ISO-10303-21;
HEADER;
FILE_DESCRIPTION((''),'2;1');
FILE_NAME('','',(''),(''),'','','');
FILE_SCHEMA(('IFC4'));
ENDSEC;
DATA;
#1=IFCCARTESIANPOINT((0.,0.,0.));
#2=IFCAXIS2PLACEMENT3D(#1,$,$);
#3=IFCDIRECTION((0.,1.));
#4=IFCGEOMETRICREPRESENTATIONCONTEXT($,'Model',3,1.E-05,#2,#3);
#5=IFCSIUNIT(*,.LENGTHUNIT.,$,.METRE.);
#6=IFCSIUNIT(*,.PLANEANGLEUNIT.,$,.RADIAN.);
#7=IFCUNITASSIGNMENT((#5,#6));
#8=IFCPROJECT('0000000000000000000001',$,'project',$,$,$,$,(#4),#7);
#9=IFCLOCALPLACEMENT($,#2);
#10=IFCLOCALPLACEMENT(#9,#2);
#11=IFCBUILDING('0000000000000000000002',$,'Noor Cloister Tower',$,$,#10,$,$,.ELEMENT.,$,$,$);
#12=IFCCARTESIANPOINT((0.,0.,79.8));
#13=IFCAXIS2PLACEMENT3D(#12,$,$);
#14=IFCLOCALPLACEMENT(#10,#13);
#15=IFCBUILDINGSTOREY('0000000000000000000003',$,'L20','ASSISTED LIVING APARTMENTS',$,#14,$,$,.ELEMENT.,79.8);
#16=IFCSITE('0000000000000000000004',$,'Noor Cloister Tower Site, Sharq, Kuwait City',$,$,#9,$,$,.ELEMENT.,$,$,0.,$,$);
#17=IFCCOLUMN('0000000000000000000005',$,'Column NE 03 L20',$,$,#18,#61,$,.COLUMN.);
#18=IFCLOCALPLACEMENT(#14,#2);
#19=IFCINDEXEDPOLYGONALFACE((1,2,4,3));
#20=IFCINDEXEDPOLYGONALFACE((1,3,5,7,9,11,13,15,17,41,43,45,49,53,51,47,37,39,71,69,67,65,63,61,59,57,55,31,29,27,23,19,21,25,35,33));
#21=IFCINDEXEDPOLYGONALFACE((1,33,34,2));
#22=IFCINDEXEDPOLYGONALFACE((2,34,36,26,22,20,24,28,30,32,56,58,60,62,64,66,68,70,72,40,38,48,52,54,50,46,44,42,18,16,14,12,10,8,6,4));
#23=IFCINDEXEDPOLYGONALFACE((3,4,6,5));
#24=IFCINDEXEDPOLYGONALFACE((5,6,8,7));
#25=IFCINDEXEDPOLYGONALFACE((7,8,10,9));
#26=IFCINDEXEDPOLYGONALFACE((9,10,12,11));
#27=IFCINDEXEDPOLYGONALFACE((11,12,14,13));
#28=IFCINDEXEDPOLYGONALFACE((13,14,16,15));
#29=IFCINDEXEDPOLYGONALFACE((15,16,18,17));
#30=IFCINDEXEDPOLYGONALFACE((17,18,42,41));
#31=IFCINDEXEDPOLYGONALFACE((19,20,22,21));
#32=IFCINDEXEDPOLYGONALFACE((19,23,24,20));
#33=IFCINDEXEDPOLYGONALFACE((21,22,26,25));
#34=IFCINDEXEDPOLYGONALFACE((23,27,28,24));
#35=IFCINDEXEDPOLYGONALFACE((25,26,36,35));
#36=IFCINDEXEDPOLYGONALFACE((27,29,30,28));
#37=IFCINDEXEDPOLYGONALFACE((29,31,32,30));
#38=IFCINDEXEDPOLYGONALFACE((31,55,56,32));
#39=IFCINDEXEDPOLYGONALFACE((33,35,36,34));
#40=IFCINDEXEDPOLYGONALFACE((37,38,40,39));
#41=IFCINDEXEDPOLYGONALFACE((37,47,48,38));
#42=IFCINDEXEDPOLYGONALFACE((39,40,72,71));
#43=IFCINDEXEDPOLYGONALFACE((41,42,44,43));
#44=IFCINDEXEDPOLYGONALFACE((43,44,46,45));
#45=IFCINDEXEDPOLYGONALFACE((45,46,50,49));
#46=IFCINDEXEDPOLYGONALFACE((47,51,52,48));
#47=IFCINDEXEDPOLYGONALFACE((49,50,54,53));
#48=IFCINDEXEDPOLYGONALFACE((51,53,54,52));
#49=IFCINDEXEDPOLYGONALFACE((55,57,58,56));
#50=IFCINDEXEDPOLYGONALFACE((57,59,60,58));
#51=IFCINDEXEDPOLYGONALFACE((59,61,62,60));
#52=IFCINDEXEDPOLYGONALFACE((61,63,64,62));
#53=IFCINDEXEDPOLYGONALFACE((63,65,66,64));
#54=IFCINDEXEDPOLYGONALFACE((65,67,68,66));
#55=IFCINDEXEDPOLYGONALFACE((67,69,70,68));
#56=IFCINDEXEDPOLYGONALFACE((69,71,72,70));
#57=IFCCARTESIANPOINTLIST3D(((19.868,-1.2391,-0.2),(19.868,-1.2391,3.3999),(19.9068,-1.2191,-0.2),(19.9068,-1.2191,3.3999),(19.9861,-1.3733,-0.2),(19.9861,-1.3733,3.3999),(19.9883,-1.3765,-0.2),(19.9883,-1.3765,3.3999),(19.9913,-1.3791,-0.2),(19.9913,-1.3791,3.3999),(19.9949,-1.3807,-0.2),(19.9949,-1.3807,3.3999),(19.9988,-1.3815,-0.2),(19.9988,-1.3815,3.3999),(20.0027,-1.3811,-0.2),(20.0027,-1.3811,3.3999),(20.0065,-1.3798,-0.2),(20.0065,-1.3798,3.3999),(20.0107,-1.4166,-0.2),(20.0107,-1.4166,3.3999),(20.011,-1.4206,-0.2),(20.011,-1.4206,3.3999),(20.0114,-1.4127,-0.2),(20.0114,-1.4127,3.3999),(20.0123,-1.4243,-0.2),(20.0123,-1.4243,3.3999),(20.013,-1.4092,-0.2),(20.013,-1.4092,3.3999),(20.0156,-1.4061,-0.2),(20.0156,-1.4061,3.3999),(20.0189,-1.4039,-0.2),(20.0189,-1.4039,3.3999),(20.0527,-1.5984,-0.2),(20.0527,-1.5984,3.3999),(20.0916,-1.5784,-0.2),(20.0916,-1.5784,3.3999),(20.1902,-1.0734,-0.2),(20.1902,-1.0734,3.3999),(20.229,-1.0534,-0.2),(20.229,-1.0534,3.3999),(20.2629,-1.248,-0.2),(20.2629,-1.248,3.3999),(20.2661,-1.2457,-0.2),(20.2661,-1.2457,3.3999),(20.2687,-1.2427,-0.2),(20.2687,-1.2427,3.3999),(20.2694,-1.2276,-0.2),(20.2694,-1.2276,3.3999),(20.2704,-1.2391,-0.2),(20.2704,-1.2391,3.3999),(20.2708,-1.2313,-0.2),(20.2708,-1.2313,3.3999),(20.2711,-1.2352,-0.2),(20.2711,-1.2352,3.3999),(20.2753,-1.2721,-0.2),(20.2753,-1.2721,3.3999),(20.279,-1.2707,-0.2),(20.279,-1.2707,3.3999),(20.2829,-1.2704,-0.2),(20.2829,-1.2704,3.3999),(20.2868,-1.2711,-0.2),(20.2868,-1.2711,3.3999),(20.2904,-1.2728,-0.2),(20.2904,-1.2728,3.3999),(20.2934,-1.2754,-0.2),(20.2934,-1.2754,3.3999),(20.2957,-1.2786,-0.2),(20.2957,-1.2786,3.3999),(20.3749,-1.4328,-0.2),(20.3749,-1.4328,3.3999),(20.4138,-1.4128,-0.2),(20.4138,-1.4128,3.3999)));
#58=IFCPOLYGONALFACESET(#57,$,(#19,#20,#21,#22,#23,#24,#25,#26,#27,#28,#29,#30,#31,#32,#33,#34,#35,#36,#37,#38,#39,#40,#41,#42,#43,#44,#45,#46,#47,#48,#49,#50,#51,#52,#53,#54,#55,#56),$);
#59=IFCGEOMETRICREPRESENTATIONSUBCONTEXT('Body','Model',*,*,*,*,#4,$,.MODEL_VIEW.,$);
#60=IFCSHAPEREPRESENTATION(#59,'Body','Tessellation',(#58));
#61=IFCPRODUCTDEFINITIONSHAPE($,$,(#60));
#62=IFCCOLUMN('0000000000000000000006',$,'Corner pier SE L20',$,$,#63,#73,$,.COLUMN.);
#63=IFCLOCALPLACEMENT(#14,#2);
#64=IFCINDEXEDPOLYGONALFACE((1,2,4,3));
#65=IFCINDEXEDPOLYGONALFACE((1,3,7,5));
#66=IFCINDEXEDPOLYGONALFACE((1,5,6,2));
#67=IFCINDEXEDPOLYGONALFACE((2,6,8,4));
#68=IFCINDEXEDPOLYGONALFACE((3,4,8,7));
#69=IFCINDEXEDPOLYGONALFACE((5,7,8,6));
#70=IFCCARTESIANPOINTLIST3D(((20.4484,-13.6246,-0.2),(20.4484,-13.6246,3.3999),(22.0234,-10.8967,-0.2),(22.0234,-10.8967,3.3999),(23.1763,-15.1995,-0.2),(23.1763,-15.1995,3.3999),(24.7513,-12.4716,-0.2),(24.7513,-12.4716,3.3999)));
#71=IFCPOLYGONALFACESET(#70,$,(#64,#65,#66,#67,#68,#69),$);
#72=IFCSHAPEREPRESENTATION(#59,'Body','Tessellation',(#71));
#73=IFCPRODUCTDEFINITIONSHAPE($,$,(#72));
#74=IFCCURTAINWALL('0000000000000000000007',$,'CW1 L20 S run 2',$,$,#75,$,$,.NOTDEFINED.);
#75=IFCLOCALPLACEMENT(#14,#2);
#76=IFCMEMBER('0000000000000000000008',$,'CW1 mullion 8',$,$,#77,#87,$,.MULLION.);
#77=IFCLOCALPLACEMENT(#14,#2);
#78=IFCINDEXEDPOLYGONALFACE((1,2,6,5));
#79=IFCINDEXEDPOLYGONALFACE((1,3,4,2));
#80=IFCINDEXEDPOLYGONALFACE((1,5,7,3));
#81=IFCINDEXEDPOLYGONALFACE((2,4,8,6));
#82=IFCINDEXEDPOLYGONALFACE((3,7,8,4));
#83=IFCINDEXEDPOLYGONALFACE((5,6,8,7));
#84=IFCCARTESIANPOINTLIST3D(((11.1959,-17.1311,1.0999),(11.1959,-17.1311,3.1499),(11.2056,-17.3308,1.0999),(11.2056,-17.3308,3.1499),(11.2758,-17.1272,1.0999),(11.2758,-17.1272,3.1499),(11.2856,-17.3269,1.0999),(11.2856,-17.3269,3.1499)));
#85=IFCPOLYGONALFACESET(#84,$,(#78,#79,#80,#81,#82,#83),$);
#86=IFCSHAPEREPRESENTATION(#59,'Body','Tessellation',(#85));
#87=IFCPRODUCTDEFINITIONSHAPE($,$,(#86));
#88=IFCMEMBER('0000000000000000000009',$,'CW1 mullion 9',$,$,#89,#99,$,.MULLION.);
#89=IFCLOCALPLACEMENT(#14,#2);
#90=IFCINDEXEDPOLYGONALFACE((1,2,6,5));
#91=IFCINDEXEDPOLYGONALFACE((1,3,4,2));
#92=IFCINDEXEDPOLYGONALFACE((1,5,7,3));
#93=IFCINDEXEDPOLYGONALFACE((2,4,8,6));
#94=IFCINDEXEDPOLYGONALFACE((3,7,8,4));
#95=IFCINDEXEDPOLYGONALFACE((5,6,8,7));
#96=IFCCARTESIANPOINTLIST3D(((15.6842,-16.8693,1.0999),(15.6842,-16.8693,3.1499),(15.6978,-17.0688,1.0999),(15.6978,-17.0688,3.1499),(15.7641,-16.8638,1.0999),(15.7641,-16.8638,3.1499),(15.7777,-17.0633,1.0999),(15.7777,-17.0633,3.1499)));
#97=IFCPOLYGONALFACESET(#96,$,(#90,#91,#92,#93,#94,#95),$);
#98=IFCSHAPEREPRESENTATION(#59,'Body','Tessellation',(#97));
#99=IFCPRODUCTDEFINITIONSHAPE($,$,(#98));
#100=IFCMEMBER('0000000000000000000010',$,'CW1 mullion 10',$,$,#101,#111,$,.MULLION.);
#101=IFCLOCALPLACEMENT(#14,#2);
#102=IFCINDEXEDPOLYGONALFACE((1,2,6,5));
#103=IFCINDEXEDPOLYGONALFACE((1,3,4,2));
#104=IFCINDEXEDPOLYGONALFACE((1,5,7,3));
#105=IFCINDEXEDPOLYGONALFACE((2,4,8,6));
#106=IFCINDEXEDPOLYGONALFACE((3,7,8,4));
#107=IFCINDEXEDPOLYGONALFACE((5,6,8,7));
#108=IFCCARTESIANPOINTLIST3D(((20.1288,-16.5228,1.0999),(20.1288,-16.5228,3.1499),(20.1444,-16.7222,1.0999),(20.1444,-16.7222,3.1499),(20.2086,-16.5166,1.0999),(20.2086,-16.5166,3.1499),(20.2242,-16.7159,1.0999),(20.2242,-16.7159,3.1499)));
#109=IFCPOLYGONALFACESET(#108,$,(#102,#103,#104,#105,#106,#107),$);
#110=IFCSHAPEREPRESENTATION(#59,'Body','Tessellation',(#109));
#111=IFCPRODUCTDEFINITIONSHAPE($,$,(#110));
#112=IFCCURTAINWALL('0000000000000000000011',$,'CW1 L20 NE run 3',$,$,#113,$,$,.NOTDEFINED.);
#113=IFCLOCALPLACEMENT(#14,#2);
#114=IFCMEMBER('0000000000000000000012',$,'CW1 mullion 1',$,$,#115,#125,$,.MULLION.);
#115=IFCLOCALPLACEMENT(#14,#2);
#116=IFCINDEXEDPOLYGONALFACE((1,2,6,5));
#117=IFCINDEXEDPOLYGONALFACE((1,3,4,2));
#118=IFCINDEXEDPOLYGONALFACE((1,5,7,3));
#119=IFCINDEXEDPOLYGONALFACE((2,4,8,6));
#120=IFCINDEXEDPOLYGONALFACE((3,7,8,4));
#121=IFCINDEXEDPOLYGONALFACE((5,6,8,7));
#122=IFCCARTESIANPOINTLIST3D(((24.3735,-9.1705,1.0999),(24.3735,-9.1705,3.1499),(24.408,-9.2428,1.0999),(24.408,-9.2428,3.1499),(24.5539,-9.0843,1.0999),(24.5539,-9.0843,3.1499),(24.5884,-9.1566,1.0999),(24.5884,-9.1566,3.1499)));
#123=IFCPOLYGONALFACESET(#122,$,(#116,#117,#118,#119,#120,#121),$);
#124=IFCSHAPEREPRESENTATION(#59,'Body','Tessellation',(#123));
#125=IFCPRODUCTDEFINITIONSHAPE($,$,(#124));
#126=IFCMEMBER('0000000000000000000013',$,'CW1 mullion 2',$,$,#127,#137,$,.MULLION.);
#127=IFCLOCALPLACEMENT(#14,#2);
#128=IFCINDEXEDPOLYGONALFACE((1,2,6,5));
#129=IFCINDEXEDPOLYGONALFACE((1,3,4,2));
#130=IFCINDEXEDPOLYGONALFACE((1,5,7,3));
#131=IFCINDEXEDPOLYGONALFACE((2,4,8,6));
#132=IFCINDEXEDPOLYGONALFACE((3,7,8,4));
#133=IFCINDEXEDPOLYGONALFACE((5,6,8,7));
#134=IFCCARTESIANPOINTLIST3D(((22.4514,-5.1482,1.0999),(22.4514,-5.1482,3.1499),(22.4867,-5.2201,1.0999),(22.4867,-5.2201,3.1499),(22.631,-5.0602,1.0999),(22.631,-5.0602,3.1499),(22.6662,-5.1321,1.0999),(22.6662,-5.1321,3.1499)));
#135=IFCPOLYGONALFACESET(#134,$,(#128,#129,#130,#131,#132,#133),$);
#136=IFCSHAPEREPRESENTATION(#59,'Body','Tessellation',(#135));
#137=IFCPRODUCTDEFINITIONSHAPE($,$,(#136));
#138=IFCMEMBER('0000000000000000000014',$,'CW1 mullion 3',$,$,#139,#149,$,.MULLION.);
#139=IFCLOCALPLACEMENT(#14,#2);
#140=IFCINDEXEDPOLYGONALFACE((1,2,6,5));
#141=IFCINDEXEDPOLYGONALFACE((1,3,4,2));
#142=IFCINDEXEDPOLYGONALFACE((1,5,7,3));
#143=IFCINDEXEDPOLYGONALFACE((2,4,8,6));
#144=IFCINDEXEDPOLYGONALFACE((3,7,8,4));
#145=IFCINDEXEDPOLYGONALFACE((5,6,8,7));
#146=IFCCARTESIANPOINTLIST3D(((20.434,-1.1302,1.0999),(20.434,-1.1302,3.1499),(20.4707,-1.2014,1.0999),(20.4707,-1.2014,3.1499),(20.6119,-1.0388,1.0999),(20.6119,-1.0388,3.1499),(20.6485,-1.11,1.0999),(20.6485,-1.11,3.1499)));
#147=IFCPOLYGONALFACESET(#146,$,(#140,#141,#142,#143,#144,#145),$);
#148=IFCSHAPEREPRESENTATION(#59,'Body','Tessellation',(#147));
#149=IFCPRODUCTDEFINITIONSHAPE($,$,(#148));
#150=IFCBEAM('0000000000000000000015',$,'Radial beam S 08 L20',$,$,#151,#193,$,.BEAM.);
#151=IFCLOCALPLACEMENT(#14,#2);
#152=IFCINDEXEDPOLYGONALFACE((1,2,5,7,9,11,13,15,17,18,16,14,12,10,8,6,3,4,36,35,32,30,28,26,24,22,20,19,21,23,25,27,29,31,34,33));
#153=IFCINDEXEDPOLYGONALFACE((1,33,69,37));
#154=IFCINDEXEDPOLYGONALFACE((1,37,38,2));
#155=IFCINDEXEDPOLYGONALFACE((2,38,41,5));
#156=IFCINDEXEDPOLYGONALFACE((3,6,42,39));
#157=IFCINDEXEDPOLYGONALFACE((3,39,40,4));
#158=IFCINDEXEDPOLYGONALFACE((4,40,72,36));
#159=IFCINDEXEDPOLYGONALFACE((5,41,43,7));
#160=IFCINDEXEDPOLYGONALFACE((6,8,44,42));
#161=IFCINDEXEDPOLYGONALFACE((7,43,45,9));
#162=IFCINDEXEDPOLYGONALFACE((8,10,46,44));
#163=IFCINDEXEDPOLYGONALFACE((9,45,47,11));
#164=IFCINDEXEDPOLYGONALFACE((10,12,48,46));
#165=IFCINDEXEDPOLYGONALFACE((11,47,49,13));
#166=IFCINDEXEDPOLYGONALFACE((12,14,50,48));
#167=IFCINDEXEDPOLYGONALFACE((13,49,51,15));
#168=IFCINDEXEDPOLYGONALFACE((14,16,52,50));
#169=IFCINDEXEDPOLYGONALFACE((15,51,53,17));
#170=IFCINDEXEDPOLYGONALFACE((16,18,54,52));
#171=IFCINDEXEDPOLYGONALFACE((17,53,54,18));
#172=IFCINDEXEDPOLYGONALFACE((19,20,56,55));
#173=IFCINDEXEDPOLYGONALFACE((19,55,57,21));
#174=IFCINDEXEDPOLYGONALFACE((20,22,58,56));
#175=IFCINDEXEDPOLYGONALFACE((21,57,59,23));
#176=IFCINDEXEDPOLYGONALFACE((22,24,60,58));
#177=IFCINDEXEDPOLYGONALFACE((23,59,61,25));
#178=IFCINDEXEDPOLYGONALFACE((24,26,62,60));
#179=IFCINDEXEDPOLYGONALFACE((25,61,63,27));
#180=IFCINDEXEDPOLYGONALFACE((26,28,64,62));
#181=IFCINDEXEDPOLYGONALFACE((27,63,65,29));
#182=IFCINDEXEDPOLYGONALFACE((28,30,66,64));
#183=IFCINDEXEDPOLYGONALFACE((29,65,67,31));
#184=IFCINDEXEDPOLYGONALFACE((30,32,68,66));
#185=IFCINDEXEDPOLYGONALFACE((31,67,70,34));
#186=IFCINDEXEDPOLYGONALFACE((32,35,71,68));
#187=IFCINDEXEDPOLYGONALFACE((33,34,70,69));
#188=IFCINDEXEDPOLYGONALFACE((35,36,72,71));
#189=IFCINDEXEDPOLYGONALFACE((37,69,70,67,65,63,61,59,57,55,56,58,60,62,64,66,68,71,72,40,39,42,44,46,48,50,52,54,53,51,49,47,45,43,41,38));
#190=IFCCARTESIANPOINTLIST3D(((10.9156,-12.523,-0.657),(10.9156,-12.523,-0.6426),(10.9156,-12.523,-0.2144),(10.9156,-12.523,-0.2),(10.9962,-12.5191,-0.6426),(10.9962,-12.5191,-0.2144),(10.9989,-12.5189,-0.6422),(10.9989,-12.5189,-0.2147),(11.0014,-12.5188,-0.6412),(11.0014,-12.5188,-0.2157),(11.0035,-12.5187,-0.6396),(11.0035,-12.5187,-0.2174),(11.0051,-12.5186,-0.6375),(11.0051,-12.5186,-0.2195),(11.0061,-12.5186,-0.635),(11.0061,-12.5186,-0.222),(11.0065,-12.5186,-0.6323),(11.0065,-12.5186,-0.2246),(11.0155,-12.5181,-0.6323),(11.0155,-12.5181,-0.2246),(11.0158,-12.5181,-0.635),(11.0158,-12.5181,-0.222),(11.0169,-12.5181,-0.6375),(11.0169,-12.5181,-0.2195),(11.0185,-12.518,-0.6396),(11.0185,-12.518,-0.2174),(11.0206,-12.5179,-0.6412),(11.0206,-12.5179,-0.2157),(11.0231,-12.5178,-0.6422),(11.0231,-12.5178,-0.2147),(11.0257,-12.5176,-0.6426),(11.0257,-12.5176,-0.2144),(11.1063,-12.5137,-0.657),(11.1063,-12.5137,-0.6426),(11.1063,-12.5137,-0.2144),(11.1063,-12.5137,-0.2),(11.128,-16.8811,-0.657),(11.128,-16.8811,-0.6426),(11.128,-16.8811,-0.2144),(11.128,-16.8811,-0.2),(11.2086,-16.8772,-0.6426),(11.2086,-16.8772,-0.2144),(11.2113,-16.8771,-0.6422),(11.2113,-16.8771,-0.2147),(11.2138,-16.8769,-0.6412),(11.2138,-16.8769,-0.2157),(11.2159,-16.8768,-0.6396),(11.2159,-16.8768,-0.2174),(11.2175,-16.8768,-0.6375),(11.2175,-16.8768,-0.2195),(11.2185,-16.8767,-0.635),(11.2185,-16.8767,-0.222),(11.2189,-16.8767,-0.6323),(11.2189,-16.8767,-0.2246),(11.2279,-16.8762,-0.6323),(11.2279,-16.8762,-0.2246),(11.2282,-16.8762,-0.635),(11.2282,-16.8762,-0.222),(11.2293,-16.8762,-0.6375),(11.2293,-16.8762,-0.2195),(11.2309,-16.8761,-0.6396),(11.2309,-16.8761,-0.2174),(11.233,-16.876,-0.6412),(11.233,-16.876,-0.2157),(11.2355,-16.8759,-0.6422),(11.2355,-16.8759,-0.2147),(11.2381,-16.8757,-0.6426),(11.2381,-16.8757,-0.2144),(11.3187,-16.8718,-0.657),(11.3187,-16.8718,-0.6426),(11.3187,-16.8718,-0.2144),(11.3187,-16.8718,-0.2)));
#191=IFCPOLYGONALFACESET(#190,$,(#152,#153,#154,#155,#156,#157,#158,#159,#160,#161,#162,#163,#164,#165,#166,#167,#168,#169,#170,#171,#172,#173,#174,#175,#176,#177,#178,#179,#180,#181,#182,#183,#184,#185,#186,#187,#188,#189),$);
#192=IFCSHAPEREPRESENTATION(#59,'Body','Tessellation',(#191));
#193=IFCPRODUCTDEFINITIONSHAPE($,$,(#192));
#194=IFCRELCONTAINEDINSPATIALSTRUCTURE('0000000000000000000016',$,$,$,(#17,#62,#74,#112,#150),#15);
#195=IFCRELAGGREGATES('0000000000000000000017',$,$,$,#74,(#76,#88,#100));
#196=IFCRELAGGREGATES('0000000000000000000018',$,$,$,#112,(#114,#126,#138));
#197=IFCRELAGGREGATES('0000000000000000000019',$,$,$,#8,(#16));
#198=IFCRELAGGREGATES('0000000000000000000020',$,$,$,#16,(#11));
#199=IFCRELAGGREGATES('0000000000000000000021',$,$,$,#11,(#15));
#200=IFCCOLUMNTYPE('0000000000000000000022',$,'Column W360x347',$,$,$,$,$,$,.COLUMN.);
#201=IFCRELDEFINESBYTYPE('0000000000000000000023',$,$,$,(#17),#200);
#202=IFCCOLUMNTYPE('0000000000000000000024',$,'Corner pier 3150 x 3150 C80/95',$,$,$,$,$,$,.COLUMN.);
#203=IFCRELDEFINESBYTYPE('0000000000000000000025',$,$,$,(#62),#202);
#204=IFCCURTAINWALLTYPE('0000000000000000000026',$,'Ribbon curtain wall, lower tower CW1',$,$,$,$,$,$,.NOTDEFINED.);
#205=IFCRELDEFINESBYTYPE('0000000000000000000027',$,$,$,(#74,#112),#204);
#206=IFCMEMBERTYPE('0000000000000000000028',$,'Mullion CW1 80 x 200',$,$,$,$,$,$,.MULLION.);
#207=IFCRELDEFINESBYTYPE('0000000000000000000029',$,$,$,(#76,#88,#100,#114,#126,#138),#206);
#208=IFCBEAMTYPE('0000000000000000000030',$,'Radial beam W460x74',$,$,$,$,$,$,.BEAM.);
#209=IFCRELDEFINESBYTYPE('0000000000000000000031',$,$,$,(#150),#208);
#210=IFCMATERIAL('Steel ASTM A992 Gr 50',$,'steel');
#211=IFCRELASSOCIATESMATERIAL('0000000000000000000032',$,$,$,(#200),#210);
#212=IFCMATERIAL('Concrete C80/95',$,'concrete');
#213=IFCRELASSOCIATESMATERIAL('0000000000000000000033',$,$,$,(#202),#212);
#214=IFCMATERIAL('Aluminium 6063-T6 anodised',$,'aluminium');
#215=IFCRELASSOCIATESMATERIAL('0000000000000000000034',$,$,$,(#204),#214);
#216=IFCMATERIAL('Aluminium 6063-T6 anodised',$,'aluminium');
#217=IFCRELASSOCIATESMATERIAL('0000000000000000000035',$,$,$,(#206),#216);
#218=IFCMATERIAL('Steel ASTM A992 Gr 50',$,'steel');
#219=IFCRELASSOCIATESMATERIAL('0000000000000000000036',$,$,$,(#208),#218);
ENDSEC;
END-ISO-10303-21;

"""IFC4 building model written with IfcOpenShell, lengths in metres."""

from ifc_helpers import new_model, si_unit, direction, frame, origin, origin_2d, place, context, subcontext, project, spatial, rectangle, i_section, extrude, material, material_profile, profile_set, type_object, element, aggregate, save


model = new_model("IFC4")

# Units and contexts
model_context = context("Model", 3, precision=1e-05, world=origin(), true_north=direction((0.0, 1.0)))
body_context = subcontext(model_context, "Body", "Model", "MODEL_VIEW")
ifc_project = project(units=[si_unit("LENGTHUNIT", "METRE"), si_unit("PLANEANGLEUNIT", "RADIAN")], contexts=[model_context])

# Site, building, storey
site_placement = place(None, origin())
site = spatial("IfcSite", under=ifc_project, at=site_placement, Name="Noor Cloister Tower Site, Sharq, Kuwait City", CompositionType="ELEMENT", RefElevation=0.0)
building_placement = place(site_placement, origin())
building = spatial("IfcBuilding", under=site, at=building_placement, Name="Noor Cloister Tower", CompositionType="ELEMENT")
storey_placement = place(building_placement, frame((0.0, 0.0, 79.8)))
storey = spatial("IfcBuildingStorey", under=building, at=storey_placement, Name="L20", Description="ASSISTED LIVING APARTMENTS", CompositionType="ELEMENT", Elevation=79.8)

# Columns
ifc_material_1 = material(Name="Steel ASTM A992 Gr 50", Category="steel")
ifc_material_profile_1 = material_profile(ifc_material_1, i_section(OverallWidth=0.4041, OverallDepth=0.406, WebThickness=0.0271, FlangeThickness=0.0437, FilletRadius=0.0151, at=origin_2d()), Name="W360x347")
ifc_profile_set_1 = profile_set([ifc_material_profile_1], Name="Steel ASTM A992 Gr 50")
column_type_1 = type_object("IfcColumnType", Name="Column W360x347", PredefinedType="COLUMN", material=ifc_profile_set_1)
for number, where, z_axis, x_axis, name in (
    (1, (20.1409, -1.3259, -0.2), (0.0, 0.0, 1.0), (-0.457248, 0.889339, 0.0), "Column NE 03 L20"),
):
    element("IfcColumn", number, at=place(storey_placement, frame(where, z_axis=z_axis, x_axis=x_axis)), inside=storey, type_object=column_type_1, Name=name, PredefinedType="COLUMN", context=body_context, shape_type="SweptSolid", body=[
        extrude(i_section(OverallWidth=0.4041, OverallDepth=0.406, WebThickness=0.0271, FlangeThickness=0.0437, FilletRadius=0.0151, at=origin_2d()), origin(), (0.0, 0.0, 1.0), 3.5999),
    ])
ifc_material_2 = material(Name="Concrete C80/95", Category="concrete")
ifc_material_profile_2 = material_profile(ifc_material_2, rectangle(XDim=3.1499, YDim=3.1499, at=origin_2d()), Name="RC 3150x3150")
ifc_profile_set_2 = profile_set([ifc_material_profile_2], Name="Concrete C80/95")
column_type_2 = type_object("IfcColumnType", Name="Corner pier 3150 x 3150 C80/95", PredefinedType="COLUMN", material=ifc_profile_set_2)
column_placement = place(storey_placement, frame((22.5999, -13.0481, -0.2), z_axis=(0.0, 0.0, 1.0), x_axis=(0.866025, -0.5, 0.0)))
element("IfcColumn", 2, at=column_placement, inside=storey, type_object=column_type_2, Name="Corner pier SE L20", PredefinedType="COLUMN", context=body_context, shape_type="SweptSolid", body=[
    extrude(rectangle(XDim=3.1499, YDim=3.1499, at=origin_2d()), origin(), (0.0, 0.0, 1.0), 3.5999),
])

# Curtain walls, members
ifc_material_3 = material(Name="Aluminium 6063-T6 anodised", Category="aluminium")
curtain_wall_type = type_object("IfcCurtainWallType", Name="Ribbon curtain wall, lower tower CW1", PredefinedType="NOTDEFINED", material=ifc_material_3)
curtain_wall_1_placement = place(storey_placement, origin())
curtain_wall_1 = element("IfcCurtainWall", 3, at=curtain_wall_1_placement, inside=storey, type_object=curtain_wall_type, Name="CW1 L20 S run 2", PredefinedType="NOTDEFINED")
ifc_material_4 = material(Name="Aluminium 6063-T6 anodised", Category="aluminium")
ifc_material_profile_3 = material_profile(ifc_material_4, rectangle(XDim=0.2, YDim=0.0801, at=origin_2d()), Name="200 x 80 mullion")
ifc_profile_set_3 = profile_set([ifc_material_profile_3], Name="Aluminium 6063-T6 anodised")
member_type = type_object("IfcMemberType", Name="Mullion CW1 80 x 200", PredefinedType="MULLION", material=ifc_profile_set_3)
member_1_placement = place(storey_placement, frame((11.2407, -17.229, 1.0999), z_axis=(0.0, 0.0, 1.0), x_axis=(-0.048681, 0.998814, 0.0)))
member_1 = element("IfcMember", 4, at=member_1_placement, type_object=member_type, Name="CW1 mullion 8", PredefinedType="MULLION", context=body_context, shape_type="SweptSolid", body=[
    extrude(rectangle(XDim=0.2, YDim=0.0801, at=origin_2d()), origin(), (0.0, 0.0, 1.0), 2.05),
])
member_2_placement = place(storey_placement, frame((15.731, -16.9663, 1.0999), z_axis=(0.0, 0.0, 1.0), x_axis=(-0.068127, 0.997677, 0.0)))
member_2 = element("IfcMember", 5, at=member_2_placement, type_object=member_type, Name="CW1 mullion 9", PredefinedType="MULLION", context=body_context, shape_type="SweptSolid", body=[
    extrude(rectangle(XDim=0.2, YDim=0.0801, at=origin_2d()), origin(), (0.0, 0.0, 1.0), 2.05),
])
member_3_placement = place(storey_placement, frame((20.1765, -16.6194, 1.0999), z_axis=(0.0, 0.0, 1.0), x_axis=(-0.077841, 0.996966, 0.0)))
member_3 = element("IfcMember", 6, at=member_3_placement, type_object=member_type, Name="CW1 mullion 10", PredefinedType="MULLION", context=body_context, shape_type="SweptSolid", body=[
    extrude(rectangle(XDim=0.2, YDim=0.0801, at=origin_2d()), origin(), (0.0, 0.0, 1.0), 2.05),
])
curtain_wall_2_placement = place(storey_placement, origin())
curtain_wall_2 = element("IfcCurtainWall", 7, at=curtain_wall_2_placement, inside=storey, type_object=curtain_wall_type, Name="CW1 L20 NE run 3", PredefinedType="NOTDEFINED")
member_4_placement = place(storey_placement, frame((24.481, -9.1636, 1.0999), z_axis=(0.0, 0.0, 1.0), x_axis=(-0.902318, -0.43107, 0.0)))
member_4 = element("IfcMember", 8, at=member_4_placement, type_object=member_type, Name="CW1 mullion 1", PredefinedType="MULLION", context=body_context, shape_type="SweptSolid", body=[
    extrude(rectangle(XDim=0.2, YDim=0.0801, at=origin_2d()), origin(), (0.0, 0.0, 1.0), 2.05),
])
member_5_placement = place(storey_placement, frame((22.5588, -5.1401, 1.0999), z_axis=(0.0, 0.0, 1.0), x_axis=(-0.898077, -0.439838, 0.0)))
member_5 = element("IfcMember", 9, at=member_5_placement, type_object=member_type, Name="CW1 mullion 2", PredefinedType="MULLION", context=body_context, shape_type="SweptSolid", body=[
    extrude(rectangle(XDim=0.2, YDim=0.0801, at=origin_2d()), origin(), (0.0, 0.0, 1.0), 2.05),
])
member_6_placement = place(storey_placement, frame((20.5413, -1.1201, 1.0999), z_axis=(0.0, 0.0, 1.0), x_axis=(-0.889339, -0.457248, 0.0)))
member_6 = element("IfcMember", 10, at=member_6_placement, type_object=member_type, Name="CW1 mullion 3", PredefinedType="MULLION", context=body_context, shape_type="SweptSolid", body=[
    extrude(rectangle(XDim=0.2, YDim=0.0801, at=origin_2d()), origin(), (0.0, 0.0, 1.0), 2.05),
])

# Beam
ifc_material_5 = material(Name="Steel ASTM A992 Gr 50", Category="steel")
ifc_material_profile_4 = material_profile(ifc_material_5, i_section(OverallWidth=0.1909, OverallDepth=0.457, WebThickness=0.009, FlangeThickness=0.0144, FilletRadius=0.0103, at=origin_2d()), Name="W460x74")
ifc_profile_set_4 = profile_set([ifc_material_profile_4], Name="Steel ASTM A992 Gr 50")
beam_type_1 = type_object("IfcBeamType", Name="Radial beam W460x74", PredefinedType="BEAM", material=ifc_profile_set_4)
beam_1_placement = place(storey_placement, frame((11.2234, -16.8765, -0.4285), z_axis=(-0.048679, 0.998814, 0.0), x_axis=(-0.998814, -0.048679, 0.0)))
element("IfcBeam", 11, at=beam_1_placement, inside=storey, type_object=beam_type_1, Name="Radial beam S 08 L20", PredefinedType="BEAM", context=body_context, shape_type="SweptSolid", body=[
    extrude(i_section(OverallWidth=0.1909, OverallDepth=0.457, WebThickness=0.009, FlangeThickness=0.0144, FilletRadius=0.0103, at=origin_2d()), origin(), (0.0, 0.0, 1.0), 4.3633),
])

aggregate(curtain_wall_1, [member_1, member_2, member_3])
aggregate(curtain_wall_2, [member_4, member_5, member_6])

save(model, "model.ifc")
